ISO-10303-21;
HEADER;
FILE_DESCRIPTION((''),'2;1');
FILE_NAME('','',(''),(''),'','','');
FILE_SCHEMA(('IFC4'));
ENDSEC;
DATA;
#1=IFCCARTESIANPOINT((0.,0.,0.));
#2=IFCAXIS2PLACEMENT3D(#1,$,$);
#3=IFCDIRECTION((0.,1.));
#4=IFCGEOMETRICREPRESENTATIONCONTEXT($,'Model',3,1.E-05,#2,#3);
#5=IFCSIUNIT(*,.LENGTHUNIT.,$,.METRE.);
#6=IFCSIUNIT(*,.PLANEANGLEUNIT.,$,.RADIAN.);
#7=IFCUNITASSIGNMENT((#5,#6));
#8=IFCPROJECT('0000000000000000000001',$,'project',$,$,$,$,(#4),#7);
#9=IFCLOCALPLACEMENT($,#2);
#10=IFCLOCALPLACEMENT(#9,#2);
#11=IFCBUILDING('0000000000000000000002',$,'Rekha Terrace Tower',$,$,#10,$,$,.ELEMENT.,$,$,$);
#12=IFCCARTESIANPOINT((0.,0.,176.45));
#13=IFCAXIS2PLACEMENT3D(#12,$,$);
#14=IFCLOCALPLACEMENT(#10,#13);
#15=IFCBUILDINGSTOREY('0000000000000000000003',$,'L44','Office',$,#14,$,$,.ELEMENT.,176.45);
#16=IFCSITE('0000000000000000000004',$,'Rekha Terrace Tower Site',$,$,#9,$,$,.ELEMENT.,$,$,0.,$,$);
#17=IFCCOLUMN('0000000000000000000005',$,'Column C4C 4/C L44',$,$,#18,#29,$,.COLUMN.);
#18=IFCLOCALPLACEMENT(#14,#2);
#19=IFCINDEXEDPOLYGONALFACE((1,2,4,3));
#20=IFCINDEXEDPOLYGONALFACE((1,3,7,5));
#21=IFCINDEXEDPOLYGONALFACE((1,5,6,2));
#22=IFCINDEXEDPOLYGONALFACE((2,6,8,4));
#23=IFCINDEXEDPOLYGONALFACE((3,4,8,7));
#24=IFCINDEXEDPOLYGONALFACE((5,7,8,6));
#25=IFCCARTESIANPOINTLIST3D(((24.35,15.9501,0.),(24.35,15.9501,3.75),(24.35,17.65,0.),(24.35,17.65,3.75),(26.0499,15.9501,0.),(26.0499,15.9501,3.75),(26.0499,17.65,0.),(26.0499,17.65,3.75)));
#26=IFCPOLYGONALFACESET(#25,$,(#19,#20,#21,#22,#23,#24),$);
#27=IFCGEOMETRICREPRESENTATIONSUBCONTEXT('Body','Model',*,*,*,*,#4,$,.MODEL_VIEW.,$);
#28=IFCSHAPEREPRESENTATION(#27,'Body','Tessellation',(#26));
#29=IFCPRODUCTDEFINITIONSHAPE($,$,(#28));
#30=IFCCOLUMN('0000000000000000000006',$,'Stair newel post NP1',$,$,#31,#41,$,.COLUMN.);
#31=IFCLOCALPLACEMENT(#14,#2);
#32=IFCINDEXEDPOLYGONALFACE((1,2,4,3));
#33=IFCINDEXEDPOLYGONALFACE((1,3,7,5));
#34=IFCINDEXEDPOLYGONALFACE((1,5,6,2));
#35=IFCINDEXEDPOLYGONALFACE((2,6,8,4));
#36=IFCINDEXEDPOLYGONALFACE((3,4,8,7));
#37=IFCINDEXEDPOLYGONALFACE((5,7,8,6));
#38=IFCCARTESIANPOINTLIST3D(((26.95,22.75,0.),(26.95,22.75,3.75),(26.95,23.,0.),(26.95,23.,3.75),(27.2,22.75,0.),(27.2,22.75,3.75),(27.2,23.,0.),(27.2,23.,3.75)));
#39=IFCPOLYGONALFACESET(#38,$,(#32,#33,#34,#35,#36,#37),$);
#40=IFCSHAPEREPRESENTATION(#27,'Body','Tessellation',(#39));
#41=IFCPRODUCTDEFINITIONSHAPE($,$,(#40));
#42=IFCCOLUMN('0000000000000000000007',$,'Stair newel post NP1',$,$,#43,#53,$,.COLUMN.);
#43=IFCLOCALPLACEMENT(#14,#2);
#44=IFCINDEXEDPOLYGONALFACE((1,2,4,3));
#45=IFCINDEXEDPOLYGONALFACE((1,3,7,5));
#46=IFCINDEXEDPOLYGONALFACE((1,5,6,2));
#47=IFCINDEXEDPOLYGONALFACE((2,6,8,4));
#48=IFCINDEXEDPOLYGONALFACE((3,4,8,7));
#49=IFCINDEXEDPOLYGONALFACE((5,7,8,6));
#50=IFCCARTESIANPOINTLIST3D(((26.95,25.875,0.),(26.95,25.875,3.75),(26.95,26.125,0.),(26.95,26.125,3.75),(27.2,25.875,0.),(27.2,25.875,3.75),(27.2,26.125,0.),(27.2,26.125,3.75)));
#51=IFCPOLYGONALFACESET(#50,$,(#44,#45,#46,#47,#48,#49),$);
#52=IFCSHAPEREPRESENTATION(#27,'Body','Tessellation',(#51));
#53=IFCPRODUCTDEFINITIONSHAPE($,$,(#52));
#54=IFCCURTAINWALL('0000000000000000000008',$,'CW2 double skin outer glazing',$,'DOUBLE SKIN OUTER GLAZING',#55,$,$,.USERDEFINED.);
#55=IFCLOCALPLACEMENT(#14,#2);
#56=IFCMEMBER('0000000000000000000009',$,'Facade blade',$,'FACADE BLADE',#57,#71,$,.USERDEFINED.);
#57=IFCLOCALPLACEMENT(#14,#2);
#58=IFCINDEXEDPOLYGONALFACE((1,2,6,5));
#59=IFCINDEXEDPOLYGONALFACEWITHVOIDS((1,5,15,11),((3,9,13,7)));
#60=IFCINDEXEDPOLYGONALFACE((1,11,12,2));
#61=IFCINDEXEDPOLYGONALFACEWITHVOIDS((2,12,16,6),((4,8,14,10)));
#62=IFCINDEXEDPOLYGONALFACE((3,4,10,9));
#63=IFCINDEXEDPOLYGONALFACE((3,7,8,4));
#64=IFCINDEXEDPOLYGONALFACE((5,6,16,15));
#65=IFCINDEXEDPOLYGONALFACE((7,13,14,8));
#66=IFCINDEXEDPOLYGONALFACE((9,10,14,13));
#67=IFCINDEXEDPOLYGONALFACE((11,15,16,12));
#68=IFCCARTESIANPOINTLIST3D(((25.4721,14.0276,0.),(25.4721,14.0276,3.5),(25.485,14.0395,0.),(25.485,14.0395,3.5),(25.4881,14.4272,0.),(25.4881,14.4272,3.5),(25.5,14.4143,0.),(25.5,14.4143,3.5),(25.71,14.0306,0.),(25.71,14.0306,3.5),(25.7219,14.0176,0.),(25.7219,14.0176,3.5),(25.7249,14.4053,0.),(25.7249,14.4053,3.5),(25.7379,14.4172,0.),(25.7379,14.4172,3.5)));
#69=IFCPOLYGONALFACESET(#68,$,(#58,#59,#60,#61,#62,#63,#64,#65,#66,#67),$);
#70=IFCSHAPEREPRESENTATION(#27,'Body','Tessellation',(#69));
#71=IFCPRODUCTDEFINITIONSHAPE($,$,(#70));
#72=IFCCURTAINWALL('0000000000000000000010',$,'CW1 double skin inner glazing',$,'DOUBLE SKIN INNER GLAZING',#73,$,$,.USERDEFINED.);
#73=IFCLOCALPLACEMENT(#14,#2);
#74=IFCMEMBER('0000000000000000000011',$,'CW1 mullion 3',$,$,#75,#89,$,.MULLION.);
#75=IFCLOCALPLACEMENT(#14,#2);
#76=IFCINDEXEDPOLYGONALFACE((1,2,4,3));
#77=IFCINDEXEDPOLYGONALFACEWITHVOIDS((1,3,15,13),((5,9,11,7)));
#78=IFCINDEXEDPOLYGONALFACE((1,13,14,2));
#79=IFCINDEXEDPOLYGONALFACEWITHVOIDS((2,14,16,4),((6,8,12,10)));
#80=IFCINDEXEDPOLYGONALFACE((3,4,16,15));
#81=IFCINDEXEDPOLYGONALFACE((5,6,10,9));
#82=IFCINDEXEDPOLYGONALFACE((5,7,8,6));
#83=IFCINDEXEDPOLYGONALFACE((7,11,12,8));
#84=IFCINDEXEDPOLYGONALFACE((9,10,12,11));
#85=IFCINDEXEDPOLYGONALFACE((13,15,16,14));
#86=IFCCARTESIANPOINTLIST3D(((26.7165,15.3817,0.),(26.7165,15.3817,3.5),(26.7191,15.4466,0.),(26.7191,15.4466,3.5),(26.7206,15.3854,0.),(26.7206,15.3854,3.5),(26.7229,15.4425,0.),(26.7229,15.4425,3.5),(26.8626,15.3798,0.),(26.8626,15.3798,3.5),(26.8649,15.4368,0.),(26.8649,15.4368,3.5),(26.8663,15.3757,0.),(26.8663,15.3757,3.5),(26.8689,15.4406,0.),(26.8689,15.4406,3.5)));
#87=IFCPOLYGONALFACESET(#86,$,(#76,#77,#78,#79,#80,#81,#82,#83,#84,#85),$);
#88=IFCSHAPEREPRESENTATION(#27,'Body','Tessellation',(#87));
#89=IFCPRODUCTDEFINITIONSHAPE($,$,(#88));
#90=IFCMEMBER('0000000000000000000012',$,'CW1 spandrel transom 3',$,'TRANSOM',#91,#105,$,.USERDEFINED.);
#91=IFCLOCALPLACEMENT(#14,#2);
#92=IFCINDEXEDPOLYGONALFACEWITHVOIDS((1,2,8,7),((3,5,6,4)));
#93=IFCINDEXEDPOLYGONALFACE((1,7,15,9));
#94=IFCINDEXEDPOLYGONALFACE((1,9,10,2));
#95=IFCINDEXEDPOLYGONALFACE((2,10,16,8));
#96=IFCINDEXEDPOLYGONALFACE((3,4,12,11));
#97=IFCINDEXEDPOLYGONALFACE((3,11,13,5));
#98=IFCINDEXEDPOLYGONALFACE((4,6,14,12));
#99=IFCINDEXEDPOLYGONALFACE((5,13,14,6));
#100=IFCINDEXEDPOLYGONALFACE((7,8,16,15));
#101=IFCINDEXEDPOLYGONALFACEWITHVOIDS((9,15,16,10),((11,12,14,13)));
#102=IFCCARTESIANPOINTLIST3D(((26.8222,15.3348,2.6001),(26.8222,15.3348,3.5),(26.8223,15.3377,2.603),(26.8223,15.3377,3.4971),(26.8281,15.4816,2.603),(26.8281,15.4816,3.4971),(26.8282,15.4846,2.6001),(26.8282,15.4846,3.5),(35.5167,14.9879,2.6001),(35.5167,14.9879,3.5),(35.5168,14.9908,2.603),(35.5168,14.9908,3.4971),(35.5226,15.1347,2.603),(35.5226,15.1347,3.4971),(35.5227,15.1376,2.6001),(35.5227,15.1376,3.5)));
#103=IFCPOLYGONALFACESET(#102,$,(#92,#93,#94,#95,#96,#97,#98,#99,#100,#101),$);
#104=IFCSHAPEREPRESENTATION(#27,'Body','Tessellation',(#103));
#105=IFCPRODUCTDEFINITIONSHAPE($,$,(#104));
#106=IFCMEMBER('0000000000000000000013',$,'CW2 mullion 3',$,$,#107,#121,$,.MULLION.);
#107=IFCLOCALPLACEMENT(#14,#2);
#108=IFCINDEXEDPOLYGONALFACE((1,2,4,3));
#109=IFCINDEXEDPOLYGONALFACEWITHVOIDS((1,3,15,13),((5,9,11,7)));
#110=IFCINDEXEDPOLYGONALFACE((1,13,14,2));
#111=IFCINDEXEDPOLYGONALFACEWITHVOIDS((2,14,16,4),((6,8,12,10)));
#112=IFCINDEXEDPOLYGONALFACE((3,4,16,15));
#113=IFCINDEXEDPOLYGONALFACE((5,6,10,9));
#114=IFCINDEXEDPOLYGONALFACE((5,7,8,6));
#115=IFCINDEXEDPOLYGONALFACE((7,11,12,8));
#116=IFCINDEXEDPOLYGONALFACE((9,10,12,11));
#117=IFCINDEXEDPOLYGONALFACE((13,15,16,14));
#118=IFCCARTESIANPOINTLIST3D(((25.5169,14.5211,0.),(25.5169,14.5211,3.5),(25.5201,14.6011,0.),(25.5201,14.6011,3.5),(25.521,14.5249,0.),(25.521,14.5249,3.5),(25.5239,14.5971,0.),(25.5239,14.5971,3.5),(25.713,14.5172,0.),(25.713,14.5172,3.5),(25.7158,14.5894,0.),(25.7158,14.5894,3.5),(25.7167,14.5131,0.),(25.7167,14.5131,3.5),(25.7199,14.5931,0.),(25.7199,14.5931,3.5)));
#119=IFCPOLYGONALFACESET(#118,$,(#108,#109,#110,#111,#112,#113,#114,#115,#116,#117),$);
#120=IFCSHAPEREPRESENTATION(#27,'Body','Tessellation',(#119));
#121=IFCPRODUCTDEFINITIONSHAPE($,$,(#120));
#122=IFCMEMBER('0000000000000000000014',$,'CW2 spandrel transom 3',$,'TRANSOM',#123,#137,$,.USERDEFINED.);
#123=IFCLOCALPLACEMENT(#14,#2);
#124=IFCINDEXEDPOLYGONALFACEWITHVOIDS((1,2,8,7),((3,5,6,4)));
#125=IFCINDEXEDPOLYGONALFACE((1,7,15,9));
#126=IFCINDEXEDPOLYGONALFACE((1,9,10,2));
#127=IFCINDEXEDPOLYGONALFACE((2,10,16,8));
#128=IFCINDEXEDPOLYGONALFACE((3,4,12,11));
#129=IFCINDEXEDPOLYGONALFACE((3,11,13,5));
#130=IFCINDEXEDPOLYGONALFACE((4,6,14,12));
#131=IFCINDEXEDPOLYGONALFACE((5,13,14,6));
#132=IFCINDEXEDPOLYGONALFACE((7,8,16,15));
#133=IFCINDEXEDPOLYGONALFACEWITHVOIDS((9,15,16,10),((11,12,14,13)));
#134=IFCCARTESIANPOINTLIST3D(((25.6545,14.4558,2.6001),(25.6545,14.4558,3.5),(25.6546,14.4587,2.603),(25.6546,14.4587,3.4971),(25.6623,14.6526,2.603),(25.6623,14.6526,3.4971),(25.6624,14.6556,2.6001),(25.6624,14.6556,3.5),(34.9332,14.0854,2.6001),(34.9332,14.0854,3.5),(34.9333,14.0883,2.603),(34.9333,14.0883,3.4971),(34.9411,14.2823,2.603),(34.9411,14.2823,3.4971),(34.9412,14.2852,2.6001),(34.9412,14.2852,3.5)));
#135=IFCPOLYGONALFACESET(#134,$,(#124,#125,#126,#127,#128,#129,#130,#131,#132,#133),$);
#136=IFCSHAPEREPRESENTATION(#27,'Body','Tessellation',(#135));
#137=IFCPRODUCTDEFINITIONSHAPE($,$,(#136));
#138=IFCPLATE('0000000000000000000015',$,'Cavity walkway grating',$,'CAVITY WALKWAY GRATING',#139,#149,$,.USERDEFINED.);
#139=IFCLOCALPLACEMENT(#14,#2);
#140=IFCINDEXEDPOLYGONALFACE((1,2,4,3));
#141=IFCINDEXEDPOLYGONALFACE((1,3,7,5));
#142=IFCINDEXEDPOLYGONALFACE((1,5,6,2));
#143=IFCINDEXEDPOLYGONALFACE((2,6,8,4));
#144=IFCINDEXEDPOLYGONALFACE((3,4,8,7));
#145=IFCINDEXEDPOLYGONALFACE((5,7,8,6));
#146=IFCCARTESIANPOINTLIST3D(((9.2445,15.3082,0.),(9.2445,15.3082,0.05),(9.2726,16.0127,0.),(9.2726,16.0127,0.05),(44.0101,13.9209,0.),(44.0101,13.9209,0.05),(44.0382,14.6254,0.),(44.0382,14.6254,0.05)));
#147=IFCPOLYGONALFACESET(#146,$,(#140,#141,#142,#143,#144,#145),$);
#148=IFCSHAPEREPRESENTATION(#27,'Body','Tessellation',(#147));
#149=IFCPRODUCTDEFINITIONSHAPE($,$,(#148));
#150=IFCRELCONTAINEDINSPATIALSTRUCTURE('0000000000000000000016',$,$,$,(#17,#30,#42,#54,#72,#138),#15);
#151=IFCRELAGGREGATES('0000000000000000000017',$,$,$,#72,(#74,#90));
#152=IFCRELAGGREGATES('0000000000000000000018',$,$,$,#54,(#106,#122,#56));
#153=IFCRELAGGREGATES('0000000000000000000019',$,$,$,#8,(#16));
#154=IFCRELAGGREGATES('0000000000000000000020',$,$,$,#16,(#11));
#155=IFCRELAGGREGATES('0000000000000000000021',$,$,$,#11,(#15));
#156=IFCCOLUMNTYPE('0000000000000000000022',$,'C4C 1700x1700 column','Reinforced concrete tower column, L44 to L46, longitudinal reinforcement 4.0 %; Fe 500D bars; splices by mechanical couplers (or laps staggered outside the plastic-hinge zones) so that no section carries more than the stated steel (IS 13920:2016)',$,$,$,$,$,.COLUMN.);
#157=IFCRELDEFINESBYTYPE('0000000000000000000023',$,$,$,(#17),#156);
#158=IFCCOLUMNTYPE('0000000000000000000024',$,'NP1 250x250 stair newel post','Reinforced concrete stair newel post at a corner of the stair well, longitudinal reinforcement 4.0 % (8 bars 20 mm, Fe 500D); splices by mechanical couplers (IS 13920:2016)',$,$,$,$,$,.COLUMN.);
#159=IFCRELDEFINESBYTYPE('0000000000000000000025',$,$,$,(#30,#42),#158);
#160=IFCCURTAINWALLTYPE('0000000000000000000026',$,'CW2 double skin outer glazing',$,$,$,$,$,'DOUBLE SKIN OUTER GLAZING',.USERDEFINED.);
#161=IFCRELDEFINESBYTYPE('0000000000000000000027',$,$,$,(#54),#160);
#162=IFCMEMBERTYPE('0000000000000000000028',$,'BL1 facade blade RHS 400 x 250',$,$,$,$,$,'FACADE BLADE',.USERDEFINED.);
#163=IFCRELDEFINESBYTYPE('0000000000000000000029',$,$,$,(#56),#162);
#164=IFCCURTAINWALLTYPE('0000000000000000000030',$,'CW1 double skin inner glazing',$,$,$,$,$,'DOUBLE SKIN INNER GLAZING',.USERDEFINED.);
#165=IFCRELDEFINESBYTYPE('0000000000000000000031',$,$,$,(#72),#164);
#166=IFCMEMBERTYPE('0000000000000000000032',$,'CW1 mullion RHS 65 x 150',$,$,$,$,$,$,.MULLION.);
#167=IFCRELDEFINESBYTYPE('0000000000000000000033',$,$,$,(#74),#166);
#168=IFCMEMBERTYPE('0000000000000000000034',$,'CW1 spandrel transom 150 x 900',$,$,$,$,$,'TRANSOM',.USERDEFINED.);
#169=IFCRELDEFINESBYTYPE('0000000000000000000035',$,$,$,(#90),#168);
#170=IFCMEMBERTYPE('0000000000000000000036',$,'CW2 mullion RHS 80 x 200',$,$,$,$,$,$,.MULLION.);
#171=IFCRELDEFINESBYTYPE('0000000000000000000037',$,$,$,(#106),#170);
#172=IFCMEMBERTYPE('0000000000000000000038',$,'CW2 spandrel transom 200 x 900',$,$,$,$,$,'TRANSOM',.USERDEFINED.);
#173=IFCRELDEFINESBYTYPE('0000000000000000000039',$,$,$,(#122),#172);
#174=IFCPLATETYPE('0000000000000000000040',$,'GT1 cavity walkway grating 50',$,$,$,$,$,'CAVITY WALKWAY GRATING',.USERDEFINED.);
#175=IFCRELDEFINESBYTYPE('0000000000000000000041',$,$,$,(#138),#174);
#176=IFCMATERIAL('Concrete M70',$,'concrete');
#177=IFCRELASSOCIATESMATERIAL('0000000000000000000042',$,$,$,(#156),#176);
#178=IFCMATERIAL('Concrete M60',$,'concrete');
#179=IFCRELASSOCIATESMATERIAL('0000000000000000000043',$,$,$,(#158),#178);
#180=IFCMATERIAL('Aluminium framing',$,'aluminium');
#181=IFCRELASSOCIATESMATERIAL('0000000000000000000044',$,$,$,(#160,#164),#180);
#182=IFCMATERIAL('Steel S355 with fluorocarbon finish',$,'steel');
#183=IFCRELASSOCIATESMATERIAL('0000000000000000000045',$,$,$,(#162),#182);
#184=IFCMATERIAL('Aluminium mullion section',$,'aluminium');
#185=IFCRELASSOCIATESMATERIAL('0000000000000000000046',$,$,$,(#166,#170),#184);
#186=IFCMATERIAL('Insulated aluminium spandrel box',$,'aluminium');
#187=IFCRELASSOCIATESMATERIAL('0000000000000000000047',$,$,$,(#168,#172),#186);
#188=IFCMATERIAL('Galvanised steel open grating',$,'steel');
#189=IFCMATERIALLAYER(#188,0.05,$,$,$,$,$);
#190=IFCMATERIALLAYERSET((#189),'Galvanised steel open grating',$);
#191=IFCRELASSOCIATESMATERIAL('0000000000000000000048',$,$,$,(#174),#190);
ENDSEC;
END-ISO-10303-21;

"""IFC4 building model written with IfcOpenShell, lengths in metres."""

from ifc_helpers import new_model, si_unit, direction, frame, origin, origin_2d, place, context, subcontext, project, spatial, rectangle, hollow_rectangle, extrude, material, layer, layer_set, material_profile, profile_set, type_object, element, aggregate, save


model = new_model("IFC4")

# Units and contexts
model_context = context("Model", 3, precision=1e-05, world=origin(), true_north=direction((0.0, 1.0)))
body_context = subcontext(model_context, "Body", "Model", "MODEL_VIEW")
ifc_project = project(units=[si_unit("LENGTHUNIT", "METRE"), si_unit("PLANEANGLEUNIT", "RADIAN")], contexts=[model_context])

# Site, building, storey
site_placement = place(None, origin())
site = spatial("IfcSite", under=ifc_project, at=site_placement, Name="Rekha Terrace Tower Site", CompositionType="ELEMENT", RefElevation=0.0)
building_placement = place(site_placement, origin())
building = spatial("IfcBuilding", under=site, at=building_placement, Name="Rekha Terrace Tower", CompositionType="ELEMENT")
storey_placement = place(building_placement, frame((0.0, 0.0, 176.45)))
storey = spatial("IfcBuildingStorey", under=building, at=storey_placement, Name="L44", Description="Office", CompositionType="ELEMENT", Elevation=176.45)

# Columns
ifc_material_1 = material(Name="Concrete M70", Category="concrete")
ifc_material_profile_1 = material_profile(ifc_material_1, rectangle(XDim=1.7, YDim=1.7, at=origin_2d()), Name="RC 1700x1700")
ifc_profile_set_1 = profile_set([ifc_material_profile_1], Name="Concrete M70")
column_type_1 = type_object("IfcColumnType", Name="C4C 1700x1700 column", Description="Reinforced concrete tower column, L44 to L46, longitudinal reinforcement 4.0 %; Fe 500D bars; splices by mechanical couplers (or laps staggered outside the plastic-hinge zones) so that no section carries more than the stated steel (IS 13920:2016)", PredefinedType="COLUMN", material=ifc_profile_set_1)
column_placement = place(storey_placement, frame((25.2, 16.8, 0.0), z_axis=(0.0, 0.0, 1.0), x_axis=(1.0, 0.0, 0.0)))
element("IfcColumn", 1, at=column_placement, inside=storey, type_object=column_type_1, Name="Column C4C 4/C L44", PredefinedType="COLUMN", context=body_context, shape_type="SweptSolid", body=[
    extrude(rectangle(XDim=1.7, YDim=1.7, at=origin_2d()), origin(), (0.0, 0.0, 1.0), 3.75),
])
ifc_material_2 = material(Name="Concrete M60", Category="concrete")
ifc_material_profile_2 = material_profile(ifc_material_2, rectangle(XDim=0.25, YDim=0.25, at=origin_2d()), Name="RC 250x250")
ifc_profile_set_2 = profile_set([ifc_material_profile_2], Name="Concrete M60")
column_type_2 = type_object("IfcColumnType", Name="NP1 250x250 stair newel post", Description="Reinforced concrete stair newel post at a corner of the stair well, longitudinal reinforcement 4.0 % (8 bars 20 mm, Fe 500D); splices by mechanical couplers (IS 13920:2016)", PredefinedType="COLUMN", material=ifc_profile_set_2)
for number, where, z_axis, x_axis, name in (
    (2, (27.075, 22.875, 0.0), (0.0, 0.0, 1.0), (1.0, 0.0, 0.0), "Stair newel post NP1"),
    (3, (27.075, 26.0, 0.0), (0.0, 0.0, 1.0), (1.0, 0.0, 0.0), "Stair newel post NP1"),
):
    element("IfcColumn", number, at=place(storey_placement, frame(where, z_axis=z_axis, x_axis=x_axis)), inside=storey, type_object=column_type_2, Name=name, PredefinedType="COLUMN", context=body_context, shape_type="SweptSolid", body=[
        extrude(rectangle(XDim=0.25, YDim=0.25, at=origin_2d()), origin(), (0.0, 0.0, 1.0), 3.75),
    ])

# Curtain wall, member
ifc_material_3 = material(Name="Aluminium framing", Category="aluminium")
curtain_wall_type_1 = type_object("IfcCurtainWallType", Name="CW2 double skin outer glazing", ElementType="DOUBLE SKIN OUTER GLAZING", PredefinedType="USERDEFINED", material=ifc_material_3)
curtain_wall_1_placement = place(storey_placement, origin())
curtain_wall_1 = element("IfcCurtainWall", 4, at=curtain_wall_1_placement, inside=storey, type_object=curtain_wall_type_1, Name="CW2 double skin outer glazing", ObjectType="DOUBLE SKIN OUTER GLAZING", PredefinedType="USERDEFINED")
ifc_material_4 = material(Name="Steel S355 with fluorocarbon finish", Category="steel")
ifc_material_profile_3 = material_profile(ifc_material_4, hollow_rectangle(XDim=0.25, YDim=0.3999, WallThickness=0.0125, at=origin_2d()), Name="RHS400x250x12.5")
ifc_profile_set_3 = profile_set([ifc_material_profile_3], Name="Steel S355 with fluorocarbon finish")
member_type_1 = type_object("IfcMemberType", Name="BL1 facade blade RHS 400 x 250", ElementType="FACADE BLADE", PredefinedType="USERDEFINED", material=ifc_profile_set_3)
member_1_placement = place(storey_placement, frame((25.605, 14.2224, 0.0), z_axis=(0.0, 0.0, 1.0), x_axis=(0.999205, -0.039872, 0.0)))
member_1 = element("IfcMember", 5, at=member_1_placement, type_object=member_type_1, Name="Facade blade", ObjectType="FACADE BLADE", PredefinedType="USERDEFINED", context=body_context, shape_type="SweptSolid", body=[
    extrude(hollow_rectangle(XDim=0.25, YDim=0.3999, WallThickness=0.0125, at=origin_2d()), origin(), (0.0, 0.0, 1.0), 3.5),
])

# Curtain wall, members
curtain_wall_type_2 = type_object("IfcCurtainWallType", Name="CW1 double skin inner glazing", ElementType="DOUBLE SKIN INNER GLAZING", PredefinedType="USERDEFINED", material=ifc_material_3)
curtain_wall_2_placement = place(storey_placement, origin())
curtain_wall_2 = element("IfcCurtainWall", 6, at=curtain_wall_2_placement, inside=storey, type_object=curtain_wall_type_2, Name="CW1 double skin inner glazing", ObjectType="DOUBLE SKIN INNER GLAZING", PredefinedType="USERDEFINED")
ifc_material_5 = material(Name="Aluminium mullion section", Category="aluminium")
ifc_material_profile_4 = material_profile(ifc_material_5, hollow_rectangle(XDim=0.0649, YDim=0.1499, WallThickness=0.0039, at=origin_2d()), Name="AL RHS 65x150")
ifc_profile_set_4 = profile_set([ifc_material_profile_4], Name="Aluminium mullion section")
member_type_2 = type_object("IfcMemberType", Name="CW1 mullion RHS 65 x 150", PredefinedType="MULLION", material=ifc_profile_set_4)
member_2_placement = place(storey_placement, frame((26.7927, 15.4111, 0.0), z_axis=(0.0, 0.0, 1.0), x_axis=(0.039872, 0.999205, 0.0)))
member_2 = element("IfcMember", 7, at=member_2_placement, type_object=member_type_2, Name="CW1 mullion 3", PredefinedType="MULLION", context=body_context, shape_type="SweptSolid", body=[
    extrude(hollow_rectangle(XDim=0.0649, YDim=0.1499, WallThickness=0.0039, at=origin_2d()), origin(), (0.0, 0.0, 1.0), 3.5),
])
ifc_material_6 = material(Name="Insulated aluminium spandrel box", Category="aluminium")
ifc_material_profile_5 = material_profile(ifc_material_6, hollow_rectangle(XDim=0.1499, YDim=0.8999, WallThickness=0.0029, at=origin_2d()), Name="AL SPANDREL BOX 150x900")
ifc_profile_set_5 = profile_set([ifc_material_profile_5], Name="Insulated aluminium spandrel box")
member_type_3 = type_object("IfcMemberType", Name="CW1 spandrel transom 150 x 900", ElementType="TRANSOM", PredefinedType="USERDEFINED", material=ifc_profile_set_5)
member_3_placement = place(storey_placement, frame((26.8252, 15.4097, 3.05), z_axis=(0.999205, -0.039869, 0.0), x_axis=(0.039869, 0.999205, 0.0)))
member_3 = element("IfcMember", 8, at=member_3_placement, type_object=member_type_3, Name="CW1 spandrel transom 3", ObjectType="TRANSOM", PredefinedType="USERDEFINED", context=body_context, shape_type="SweptSolid", body=[
    extrude(hollow_rectangle(XDim=0.1499, YDim=0.8999, WallThickness=0.0029, at=origin_2d()), origin(), (0.0, 0.0, 1.0), 8.7014),
])
aggregate(curtain_wall_2, [member_2, member_3])

# Members
ifc_material_profile_6 = material_profile(ifc_material_5, hollow_rectangle(XDim=0.0801, YDim=0.2, WallThickness=0.0039, at=origin_2d()), Name="AL RHS 80x200")
ifc_profile_set_6 = profile_set([ifc_material_profile_6], Name="Aluminium mullion section")
member_type_4 = type_object("IfcMemberType", Name="CW2 mullion RHS 80 x 200", PredefinedType="MULLION", material=ifc_profile_set_6)
member_4_placement = place(storey_placement, frame((25.6184, 14.5571, 0.0), z_axis=(0.0, 0.0, 1.0), x_axis=(0.039872, 0.999205, 0.0)))
member_4 = element("IfcMember", 9, at=member_4_placement, type_object=member_type_4, Name="CW2 mullion 3", PredefinedType="MULLION", context=body_context, shape_type="SweptSolid", body=[
    extrude(hollow_rectangle(XDim=0.0801, YDim=0.2, WallThickness=0.0039, at=origin_2d()), origin(), (0.0, 0.0, 1.0), 3.5),
])
ifc_material_profile_7 = material_profile(ifc_material_6, hollow_rectangle(XDim=0.2, YDim=0.8999, WallThickness=0.0029, at=origin_2d()), Name="AL SPANDREL BOX 200x900")
ifc_profile_set_7 = profile_set([ifc_material_profile_7], Name="Insulated aluminium spandrel box")
member_type_5 = type_object("IfcMemberType", Name="CW2 spandrel transom 200 x 900", ElementType="TRANSOM", PredefinedType="USERDEFINED", material=ifc_profile_set_7)
member_5_placement = place(storey_placement, frame((25.6584, 14.5557, 3.05), z_axis=(0.999204, -0.039883, 0.0), x_axis=(0.039883, 0.999204, 0.0)))
member_5 = element("IfcMember", 10, at=member_5_placement, type_object=member_type_5, Name="CW2 spandrel transom 3", ObjectType="TRANSOM", PredefinedType="USERDEFINED", context=body_context, shape_type="SweptSolid", body=[
    extrude(hollow_rectangle(XDim=0.2, YDim=0.8999, WallThickness=0.0029, at=origin_2d()), origin(), (0.0, 0.0, 1.0), 9.2861),
])
aggregate(curtain_wall_1, [member_4, member_5, member_1])

# Plate
ifc_material_7 = material(Name="Galvanised steel open grating", Category="steel")
ifc_layer_1 = layer(ifc_material_7, 0.05)
ifc_layer_set_1 = layer_set([ifc_layer_1], Name="Galvanised steel open grating")
plate_type = type_object("IfcPlateType", Name="GT1 cavity walkway grating 50", ElementType="CAVITY WALKWAY GRATING", PredefinedType="USERDEFINED", material=ifc_layer_set_1)
plate_placement = place(storey_placement, frame((26.6414, 14.9668, 0.0), z_axis=(0.0, 0.0, 1.0), x_axis=(0.999205, -0.039872, 0.0)))
element("IfcPlate", 11, at=plate_placement, inside=storey, type_object=plate_type, Name="Cavity walkway grating", ObjectType="CAVITY WALKWAY GRATING", PredefinedType="USERDEFINED", context=body_context, shape_type="SweptSolid", body=[
    extrude(rectangle(XDim=34.7932, YDim=0.7051, at=origin_2d()), origin(), (0.0, 0.0, 1.0), 0.05),
])

save(model, "model.ifc")
